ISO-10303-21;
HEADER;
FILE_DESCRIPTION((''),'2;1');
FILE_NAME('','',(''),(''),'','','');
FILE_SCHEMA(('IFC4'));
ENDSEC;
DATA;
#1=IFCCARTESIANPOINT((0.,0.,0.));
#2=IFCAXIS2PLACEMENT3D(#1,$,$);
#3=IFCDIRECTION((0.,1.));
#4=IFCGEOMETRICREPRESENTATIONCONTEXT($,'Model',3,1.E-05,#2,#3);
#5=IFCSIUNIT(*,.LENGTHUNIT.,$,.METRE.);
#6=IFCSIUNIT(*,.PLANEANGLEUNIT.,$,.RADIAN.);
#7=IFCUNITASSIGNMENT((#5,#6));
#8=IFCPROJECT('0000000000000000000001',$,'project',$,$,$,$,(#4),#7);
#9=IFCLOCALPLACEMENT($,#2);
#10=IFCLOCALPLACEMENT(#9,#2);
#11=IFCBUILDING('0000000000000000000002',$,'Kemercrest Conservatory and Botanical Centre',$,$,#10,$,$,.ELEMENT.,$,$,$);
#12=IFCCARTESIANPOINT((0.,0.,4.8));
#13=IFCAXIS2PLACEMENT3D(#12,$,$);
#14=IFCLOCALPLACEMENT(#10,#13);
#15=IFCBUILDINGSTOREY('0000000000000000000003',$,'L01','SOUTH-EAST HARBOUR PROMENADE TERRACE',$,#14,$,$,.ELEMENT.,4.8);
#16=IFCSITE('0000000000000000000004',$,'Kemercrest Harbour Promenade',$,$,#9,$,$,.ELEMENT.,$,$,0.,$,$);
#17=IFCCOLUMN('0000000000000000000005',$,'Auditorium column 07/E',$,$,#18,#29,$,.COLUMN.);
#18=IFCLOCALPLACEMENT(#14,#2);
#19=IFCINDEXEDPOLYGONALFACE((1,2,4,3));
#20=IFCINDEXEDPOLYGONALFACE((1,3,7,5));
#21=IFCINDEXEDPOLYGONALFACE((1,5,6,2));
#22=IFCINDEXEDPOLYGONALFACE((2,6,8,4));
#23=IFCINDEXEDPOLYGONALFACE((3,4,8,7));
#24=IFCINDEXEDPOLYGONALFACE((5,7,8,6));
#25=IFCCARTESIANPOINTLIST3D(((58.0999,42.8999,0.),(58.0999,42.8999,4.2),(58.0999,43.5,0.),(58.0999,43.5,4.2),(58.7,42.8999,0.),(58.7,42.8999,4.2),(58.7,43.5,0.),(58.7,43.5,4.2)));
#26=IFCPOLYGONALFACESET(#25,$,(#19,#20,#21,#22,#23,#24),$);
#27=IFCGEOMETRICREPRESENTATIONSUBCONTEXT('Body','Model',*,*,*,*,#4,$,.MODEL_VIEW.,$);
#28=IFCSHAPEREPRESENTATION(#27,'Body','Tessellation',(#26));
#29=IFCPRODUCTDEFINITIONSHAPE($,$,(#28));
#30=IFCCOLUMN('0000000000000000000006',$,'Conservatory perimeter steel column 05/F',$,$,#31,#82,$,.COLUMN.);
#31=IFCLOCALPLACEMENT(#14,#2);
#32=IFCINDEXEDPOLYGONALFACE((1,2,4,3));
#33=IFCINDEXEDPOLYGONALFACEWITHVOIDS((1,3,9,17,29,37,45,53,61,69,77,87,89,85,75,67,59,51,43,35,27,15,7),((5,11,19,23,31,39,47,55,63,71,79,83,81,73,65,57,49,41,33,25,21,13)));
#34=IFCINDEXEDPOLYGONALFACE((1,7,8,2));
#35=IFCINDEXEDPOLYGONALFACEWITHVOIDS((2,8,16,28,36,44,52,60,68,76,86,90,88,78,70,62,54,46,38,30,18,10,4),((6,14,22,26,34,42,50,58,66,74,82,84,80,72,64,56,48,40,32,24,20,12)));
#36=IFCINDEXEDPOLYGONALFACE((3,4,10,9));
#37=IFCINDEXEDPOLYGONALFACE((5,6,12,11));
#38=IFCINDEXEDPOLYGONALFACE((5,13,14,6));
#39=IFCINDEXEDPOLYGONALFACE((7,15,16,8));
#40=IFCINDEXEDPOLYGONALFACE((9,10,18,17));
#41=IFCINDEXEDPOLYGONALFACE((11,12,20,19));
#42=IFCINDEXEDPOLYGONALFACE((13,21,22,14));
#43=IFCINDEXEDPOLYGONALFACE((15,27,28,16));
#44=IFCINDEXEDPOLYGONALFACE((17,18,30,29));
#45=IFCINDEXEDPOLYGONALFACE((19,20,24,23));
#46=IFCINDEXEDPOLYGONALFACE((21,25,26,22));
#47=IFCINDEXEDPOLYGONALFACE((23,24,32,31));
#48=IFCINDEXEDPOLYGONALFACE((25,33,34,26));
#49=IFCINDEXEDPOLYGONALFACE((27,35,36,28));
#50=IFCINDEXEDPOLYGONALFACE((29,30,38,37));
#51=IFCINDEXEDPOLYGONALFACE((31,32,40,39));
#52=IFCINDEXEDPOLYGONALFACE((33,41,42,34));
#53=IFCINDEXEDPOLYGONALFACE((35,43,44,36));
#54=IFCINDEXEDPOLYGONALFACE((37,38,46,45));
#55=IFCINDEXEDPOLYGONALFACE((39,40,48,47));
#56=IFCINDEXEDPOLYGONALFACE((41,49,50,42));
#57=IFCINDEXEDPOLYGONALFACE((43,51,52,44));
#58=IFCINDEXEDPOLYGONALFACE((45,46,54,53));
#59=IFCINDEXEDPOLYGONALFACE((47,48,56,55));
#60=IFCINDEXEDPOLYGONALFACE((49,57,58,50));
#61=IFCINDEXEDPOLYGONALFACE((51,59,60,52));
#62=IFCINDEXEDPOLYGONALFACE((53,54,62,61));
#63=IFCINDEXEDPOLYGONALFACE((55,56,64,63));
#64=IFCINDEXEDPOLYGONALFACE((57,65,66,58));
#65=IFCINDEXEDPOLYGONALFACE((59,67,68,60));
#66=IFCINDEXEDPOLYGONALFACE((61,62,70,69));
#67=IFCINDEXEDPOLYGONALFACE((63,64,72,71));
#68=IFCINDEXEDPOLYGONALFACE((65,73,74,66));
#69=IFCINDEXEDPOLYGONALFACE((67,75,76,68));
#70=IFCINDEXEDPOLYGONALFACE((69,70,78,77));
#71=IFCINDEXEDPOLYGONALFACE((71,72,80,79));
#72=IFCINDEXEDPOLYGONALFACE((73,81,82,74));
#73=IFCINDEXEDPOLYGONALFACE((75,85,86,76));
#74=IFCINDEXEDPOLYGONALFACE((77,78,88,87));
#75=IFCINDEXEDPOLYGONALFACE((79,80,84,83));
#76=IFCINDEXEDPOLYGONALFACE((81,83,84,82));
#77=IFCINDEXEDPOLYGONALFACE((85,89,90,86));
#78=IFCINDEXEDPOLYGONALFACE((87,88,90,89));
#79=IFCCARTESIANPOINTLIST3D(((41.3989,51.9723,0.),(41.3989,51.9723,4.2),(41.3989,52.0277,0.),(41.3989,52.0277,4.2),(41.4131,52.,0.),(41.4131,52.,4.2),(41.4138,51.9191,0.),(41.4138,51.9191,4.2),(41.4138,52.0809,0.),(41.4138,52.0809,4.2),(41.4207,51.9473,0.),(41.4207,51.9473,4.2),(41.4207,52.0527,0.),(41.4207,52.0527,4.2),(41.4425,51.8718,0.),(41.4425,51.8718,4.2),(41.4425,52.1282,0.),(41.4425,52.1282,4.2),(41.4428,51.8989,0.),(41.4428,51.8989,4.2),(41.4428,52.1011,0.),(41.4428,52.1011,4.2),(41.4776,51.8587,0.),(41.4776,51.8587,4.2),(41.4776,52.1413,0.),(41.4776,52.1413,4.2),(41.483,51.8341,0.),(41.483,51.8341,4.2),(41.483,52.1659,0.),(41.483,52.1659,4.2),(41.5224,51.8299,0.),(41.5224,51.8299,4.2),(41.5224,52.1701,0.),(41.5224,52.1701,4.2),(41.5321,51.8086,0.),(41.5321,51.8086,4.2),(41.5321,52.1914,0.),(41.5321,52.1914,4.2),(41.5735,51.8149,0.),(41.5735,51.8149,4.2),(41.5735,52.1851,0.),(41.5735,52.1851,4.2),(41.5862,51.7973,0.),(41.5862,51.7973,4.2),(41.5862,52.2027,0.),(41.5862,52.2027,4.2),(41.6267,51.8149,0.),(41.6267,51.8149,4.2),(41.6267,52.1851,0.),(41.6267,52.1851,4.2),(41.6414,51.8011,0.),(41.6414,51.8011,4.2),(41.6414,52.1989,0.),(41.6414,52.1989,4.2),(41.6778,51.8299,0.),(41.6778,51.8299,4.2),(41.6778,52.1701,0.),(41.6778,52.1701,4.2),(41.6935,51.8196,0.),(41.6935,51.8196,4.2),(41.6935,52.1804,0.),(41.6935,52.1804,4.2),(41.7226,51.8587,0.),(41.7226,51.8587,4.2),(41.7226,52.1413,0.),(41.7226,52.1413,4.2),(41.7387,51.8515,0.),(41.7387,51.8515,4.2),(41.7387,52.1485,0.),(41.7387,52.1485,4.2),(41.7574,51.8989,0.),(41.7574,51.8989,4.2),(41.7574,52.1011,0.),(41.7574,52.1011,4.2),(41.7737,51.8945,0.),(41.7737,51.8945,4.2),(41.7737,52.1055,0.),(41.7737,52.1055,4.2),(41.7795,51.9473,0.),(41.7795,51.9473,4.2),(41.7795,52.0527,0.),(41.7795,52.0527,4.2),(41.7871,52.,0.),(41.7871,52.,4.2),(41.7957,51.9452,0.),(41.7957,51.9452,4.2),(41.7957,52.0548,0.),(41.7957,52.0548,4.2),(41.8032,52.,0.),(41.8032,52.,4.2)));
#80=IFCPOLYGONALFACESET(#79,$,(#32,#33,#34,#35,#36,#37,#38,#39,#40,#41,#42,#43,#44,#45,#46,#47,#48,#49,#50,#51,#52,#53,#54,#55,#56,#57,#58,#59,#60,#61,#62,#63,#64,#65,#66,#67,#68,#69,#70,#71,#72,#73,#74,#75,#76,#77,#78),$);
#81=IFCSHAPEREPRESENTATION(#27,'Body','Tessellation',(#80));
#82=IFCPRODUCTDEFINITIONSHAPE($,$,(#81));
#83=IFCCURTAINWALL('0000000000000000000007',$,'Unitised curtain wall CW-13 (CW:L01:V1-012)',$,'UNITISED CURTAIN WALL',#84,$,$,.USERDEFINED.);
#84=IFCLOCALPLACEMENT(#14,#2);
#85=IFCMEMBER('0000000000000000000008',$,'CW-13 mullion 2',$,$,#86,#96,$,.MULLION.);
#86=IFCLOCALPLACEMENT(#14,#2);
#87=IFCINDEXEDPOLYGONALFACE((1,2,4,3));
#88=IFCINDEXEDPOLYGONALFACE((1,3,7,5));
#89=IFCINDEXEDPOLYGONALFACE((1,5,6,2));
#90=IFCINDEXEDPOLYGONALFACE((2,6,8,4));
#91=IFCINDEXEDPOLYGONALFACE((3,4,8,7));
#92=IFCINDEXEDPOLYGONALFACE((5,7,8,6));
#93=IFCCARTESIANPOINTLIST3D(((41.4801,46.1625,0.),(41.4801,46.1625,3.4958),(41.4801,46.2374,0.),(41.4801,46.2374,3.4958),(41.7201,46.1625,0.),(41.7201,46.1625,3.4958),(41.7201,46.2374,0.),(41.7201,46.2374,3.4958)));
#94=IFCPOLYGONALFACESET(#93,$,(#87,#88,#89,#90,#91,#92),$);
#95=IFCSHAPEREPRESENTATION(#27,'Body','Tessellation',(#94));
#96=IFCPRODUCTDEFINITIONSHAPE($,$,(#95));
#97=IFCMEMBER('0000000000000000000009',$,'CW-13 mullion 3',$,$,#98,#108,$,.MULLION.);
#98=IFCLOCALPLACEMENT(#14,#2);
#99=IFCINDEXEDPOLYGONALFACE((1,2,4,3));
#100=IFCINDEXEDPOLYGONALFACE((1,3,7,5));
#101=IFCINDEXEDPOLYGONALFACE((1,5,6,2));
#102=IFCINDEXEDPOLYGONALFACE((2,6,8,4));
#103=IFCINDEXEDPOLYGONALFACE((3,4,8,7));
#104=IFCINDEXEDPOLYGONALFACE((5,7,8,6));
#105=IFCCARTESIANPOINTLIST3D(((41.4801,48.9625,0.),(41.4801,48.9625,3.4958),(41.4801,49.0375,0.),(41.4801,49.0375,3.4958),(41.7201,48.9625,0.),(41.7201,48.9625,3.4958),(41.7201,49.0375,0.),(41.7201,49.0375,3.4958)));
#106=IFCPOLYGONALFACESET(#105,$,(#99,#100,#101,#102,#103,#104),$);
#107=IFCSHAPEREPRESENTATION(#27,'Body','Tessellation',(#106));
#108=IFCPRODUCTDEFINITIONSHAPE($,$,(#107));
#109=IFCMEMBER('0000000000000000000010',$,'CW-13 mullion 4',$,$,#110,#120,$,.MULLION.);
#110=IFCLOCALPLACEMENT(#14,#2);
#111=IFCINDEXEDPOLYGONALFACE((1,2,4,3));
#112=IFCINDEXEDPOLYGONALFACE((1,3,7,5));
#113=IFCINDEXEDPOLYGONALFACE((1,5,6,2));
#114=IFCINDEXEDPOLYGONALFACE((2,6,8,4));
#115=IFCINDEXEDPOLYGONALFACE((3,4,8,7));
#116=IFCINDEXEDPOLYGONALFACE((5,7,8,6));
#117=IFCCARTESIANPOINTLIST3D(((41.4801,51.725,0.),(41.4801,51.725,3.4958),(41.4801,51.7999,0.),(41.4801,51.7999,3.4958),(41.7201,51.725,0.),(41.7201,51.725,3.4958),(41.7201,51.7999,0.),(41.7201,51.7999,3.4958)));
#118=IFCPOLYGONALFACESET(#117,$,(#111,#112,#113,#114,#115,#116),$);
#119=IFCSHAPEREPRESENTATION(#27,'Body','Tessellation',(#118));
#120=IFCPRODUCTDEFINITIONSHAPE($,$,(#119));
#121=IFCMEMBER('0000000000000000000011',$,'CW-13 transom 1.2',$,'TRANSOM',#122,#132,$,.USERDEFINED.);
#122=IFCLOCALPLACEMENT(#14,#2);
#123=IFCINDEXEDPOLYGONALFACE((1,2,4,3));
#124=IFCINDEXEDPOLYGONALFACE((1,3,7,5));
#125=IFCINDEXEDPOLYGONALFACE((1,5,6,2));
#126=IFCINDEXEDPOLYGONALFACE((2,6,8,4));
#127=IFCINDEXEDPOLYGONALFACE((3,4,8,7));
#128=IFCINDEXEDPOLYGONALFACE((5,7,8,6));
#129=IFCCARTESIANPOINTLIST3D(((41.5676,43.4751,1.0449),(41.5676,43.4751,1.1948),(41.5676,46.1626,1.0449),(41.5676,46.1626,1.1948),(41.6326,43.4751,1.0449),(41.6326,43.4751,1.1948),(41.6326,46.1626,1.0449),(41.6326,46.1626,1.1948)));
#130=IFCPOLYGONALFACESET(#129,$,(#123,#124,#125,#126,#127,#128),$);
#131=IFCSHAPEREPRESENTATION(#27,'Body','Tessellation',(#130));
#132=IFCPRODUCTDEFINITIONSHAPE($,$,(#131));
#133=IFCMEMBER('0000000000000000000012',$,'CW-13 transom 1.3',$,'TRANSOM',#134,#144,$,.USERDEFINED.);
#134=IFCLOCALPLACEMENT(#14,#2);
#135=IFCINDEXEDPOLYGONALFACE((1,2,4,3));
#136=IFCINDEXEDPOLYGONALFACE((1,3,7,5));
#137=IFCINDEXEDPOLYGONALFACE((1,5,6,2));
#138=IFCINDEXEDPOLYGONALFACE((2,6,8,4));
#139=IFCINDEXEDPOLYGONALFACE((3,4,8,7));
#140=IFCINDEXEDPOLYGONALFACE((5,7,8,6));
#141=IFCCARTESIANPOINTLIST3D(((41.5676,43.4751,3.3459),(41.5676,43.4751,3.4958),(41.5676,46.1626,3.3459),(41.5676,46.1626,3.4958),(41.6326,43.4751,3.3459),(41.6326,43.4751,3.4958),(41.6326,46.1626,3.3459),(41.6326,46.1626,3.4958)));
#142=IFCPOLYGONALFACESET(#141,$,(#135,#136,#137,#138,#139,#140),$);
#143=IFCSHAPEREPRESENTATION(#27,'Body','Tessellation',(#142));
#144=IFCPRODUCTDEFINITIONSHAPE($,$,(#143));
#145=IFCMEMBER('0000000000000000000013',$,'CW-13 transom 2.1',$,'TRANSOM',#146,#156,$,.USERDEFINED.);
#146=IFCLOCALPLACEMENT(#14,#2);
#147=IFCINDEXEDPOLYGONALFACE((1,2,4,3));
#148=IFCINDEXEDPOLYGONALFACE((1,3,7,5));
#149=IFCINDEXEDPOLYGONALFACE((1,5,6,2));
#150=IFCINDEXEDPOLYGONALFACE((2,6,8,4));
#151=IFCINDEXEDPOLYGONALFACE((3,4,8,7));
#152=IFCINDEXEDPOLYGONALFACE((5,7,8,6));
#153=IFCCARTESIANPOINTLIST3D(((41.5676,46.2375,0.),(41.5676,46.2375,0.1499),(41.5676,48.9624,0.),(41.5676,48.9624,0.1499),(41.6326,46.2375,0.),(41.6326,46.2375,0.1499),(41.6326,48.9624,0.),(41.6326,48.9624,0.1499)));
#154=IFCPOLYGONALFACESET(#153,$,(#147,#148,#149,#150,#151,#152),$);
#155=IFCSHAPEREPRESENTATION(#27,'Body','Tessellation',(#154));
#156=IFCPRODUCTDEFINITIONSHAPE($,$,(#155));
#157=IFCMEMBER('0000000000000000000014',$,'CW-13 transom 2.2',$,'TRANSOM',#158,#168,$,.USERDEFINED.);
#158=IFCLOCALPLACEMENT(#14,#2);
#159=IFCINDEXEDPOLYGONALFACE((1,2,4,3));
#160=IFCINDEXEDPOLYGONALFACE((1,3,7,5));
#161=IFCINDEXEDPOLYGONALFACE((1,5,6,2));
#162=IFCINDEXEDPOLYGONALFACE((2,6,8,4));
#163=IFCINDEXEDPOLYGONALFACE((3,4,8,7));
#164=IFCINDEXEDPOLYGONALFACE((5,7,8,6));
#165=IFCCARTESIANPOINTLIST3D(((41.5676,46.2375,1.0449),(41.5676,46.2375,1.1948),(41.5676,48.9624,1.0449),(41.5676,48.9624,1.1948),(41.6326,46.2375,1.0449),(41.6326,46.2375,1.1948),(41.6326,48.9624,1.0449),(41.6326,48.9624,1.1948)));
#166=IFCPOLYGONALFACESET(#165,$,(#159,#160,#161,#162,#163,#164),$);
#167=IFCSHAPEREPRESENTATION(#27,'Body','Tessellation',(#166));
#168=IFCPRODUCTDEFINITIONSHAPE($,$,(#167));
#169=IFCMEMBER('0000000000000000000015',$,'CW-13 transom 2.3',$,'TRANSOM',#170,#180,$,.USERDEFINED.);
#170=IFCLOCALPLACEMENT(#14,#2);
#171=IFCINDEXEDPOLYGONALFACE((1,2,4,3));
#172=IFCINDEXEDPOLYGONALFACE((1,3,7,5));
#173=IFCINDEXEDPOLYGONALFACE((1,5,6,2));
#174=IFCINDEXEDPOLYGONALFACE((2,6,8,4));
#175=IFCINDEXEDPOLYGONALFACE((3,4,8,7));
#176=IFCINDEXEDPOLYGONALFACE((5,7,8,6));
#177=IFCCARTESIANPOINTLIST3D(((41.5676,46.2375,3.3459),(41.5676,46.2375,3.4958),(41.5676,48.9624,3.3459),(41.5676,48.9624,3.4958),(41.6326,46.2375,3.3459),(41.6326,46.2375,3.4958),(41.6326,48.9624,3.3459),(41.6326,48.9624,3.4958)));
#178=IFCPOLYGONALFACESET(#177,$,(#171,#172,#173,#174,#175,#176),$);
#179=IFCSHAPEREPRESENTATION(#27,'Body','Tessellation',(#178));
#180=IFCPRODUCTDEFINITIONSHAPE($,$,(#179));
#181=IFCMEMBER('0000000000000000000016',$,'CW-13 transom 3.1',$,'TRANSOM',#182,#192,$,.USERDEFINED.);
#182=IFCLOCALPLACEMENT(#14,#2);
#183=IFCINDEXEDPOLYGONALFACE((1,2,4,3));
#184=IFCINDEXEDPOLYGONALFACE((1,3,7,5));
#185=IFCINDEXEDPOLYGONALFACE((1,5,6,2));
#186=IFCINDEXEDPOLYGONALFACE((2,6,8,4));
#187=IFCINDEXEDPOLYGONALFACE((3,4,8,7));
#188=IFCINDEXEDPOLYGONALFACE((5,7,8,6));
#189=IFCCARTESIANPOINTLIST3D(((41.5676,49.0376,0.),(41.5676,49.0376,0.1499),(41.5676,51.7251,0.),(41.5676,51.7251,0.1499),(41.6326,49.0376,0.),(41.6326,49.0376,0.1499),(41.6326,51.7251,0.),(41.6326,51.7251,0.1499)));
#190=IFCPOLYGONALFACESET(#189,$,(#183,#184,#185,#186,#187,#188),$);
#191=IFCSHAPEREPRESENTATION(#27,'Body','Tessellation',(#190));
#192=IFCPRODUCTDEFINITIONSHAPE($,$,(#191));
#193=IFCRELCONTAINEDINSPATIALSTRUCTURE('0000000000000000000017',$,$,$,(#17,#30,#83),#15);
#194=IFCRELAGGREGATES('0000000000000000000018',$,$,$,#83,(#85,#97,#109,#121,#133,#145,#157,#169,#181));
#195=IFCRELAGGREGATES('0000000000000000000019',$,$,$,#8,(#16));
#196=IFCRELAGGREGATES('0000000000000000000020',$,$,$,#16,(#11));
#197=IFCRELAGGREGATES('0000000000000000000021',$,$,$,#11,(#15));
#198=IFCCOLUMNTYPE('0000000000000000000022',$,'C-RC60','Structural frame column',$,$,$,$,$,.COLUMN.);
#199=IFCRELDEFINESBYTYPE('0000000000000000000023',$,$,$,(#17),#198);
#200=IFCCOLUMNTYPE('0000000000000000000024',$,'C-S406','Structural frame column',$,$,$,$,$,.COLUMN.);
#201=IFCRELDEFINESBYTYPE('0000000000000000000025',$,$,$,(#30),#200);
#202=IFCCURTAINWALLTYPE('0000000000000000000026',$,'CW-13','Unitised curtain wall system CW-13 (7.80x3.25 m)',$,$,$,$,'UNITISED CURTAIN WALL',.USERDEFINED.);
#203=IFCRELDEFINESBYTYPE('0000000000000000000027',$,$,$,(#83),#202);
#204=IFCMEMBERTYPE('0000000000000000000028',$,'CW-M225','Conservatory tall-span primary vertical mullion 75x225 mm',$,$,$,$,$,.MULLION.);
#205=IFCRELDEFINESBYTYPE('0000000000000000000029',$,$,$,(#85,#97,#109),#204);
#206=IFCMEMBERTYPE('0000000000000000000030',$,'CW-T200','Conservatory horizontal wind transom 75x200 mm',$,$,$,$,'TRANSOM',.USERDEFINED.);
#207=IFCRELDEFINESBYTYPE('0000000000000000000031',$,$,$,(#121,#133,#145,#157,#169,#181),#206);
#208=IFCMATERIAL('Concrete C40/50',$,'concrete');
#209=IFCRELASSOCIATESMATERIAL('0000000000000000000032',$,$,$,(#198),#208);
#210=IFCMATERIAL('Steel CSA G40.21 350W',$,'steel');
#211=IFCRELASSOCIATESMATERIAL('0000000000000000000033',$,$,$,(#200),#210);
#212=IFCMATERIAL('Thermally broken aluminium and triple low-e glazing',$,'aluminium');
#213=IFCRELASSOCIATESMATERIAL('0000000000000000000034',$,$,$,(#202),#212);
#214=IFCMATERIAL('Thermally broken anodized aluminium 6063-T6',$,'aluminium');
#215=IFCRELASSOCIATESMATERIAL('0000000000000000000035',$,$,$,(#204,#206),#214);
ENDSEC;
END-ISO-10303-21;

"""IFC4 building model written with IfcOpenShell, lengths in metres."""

from ifc_helpers import new_model, si_unit, direction, frame, origin, origin_2d, place, context, subcontext, project, spatial, rectangle, hollow_circle, extrude, material, material_profile, profile_set, type_object, element, aggregate, save


model = new_model("IFC4")

# Units and contexts
model_context = context("Model", 3, precision=1e-05, world=origin(), true_north=direction((0.0, 1.0)))
body_context = subcontext(model_context, "Body", "Model", "MODEL_VIEW")
ifc_project = project(units=[si_unit("LENGTHUNIT", "METRE"), si_unit("PLANEANGLEUNIT", "RADIAN")], contexts=[model_context])

# Site, building, storey
site_placement = place(None, origin())
site = spatial("IfcSite", under=ifc_project, at=site_placement, Name="Kemercrest Harbour Promenade", CompositionType="ELEMENT", RefElevation=0.0)
building_placement = place(site_placement, origin())
building = spatial("IfcBuilding", under=site, at=building_placement, Name="Kemercrest Conservatory and Botanical Centre", CompositionType="ELEMENT")
storey_placement = place(building_placement, frame((0.0, 0.0, 4.8)))
storey = spatial("IfcBuildingStorey", under=building, at=storey_placement, Name="L01", Description="SOUTH-EAST HARBOUR PROMENADE TERRACE", CompositionType="ELEMENT", Elevation=4.8)

# Columns
ifc_material_1 = material(Name="Concrete C40/50", Category="concrete")
ifc_material_profile_1 = material_profile(ifc_material_1, rectangle(XDim=0.6001, YDim=0.6001, at=origin_2d()), Name="RC 600x600")
ifc_profile_set_1 = profile_set([ifc_material_profile_1], Name="Concrete C40/50")
column_type_1 = type_object("IfcColumnType", Name="C-RC60", Description="Structural frame column", PredefinedType="COLUMN", material=ifc_profile_set_1)
column_1_placement = place(storey_placement, frame((58.3999, 43.2, 0.0), z_axis=(0.0, 0.0, 1.0), x_axis=(1.0, 0.0, 0.0)))
element("IfcColumn", 1, at=column_1_placement, inside=storey, type_object=column_type_1, Name="Auditorium column 07/E", PredefinedType="COLUMN", context=body_context, shape_type="SweptSolid", body=[
    extrude(rectangle(XDim=0.6001, YDim=0.6001, at=origin_2d()), origin(), (0.0, 0.0, 1.0), 4.2),
])
ifc_material_2 = material(Name="Steel CSA G40.21 350W", Category="steel")
ifc_material_profile_2 = material_profile(ifc_material_2, hollow_circle(Radius=0.2031, WallThickness=0.0161, at=origin_2d()), Name="CHS 406.4x16.0")
ifc_profile_set_2 = profile_set([ifc_material_profile_2], Name="Steel CSA G40.21 350W")
column_type_2 = type_object("IfcColumnType", Name="C-S406", Description="Structural frame column", PredefinedType="COLUMN", material=ifc_profile_set_2)
column_2_placement = place(storey_placement, frame((41.6001, 52.0, 0.0), z_axis=(0.0, 0.0, 1.0), x_axis=(1.0, 0.0, 0.0)))
element("IfcColumn", 2, at=column_2_placement, inside=storey, type_object=column_type_2, Name="Conservatory perimeter steel column 05/F", PredefinedType="COLUMN", context=body_context, shape_type="SweptSolid", body=[
    extrude(hollow_circle(Radius=0.2031, WallThickness=0.0161, at=origin_2d()), origin(), (0.0, 0.0, 1.0), 4.2),
])

# Curtain wall, members
ifc_material_3 = material(Name="Thermally broken aluminium and triple low-e glazing", Category="aluminium")
curtain_wall_type = type_object("IfcCurtainWallType", Name="CW-13", Description="Unitised curtain wall system CW-13 (7.80x3.25 m)", ElementType="UNITISED CURTAIN WALL", PredefinedType="USERDEFINED", material=ifc_material_3)
curtain_wall_placement = place(storey_placement, origin())
curtain_wall = element("IfcCurtainWall", 3, at=curtain_wall_placement, inside=storey, type_object=curtain_wall_type, Name="Unitised curtain wall CW-13 (CW:L01:V1-012)", ObjectType="UNITISED CURTAIN WALL", PredefinedType="USERDEFINED")
ifc_material_4 = material(Name="Thermally broken anodized aluminium 6063-T6", Category="aluminium")
ifc_material_profile_3 = material_profile(ifc_material_4, rectangle(XDim=0.24, YDim=0.075, at=origin_2d()), Name="AL MULLION 75x240")
ifc_profile_set_3 = profile_set([ifc_material_profile_3], Name="Thermally broken anodized aluminium 6063-T6")
member_type_1 = type_object("IfcMemberType", Name="CW-M225", Description="Conservatory tall-span primary vertical mullion 75x225 mm", PredefinedType="MULLION", material=ifc_profile_set_3)
member_1_placement = place(storey_placement, frame((41.6001, 46.2, 0.0), z_axis=(0.0, 0.0, 1.0), x_axis=(-1.0, 0.0, 0.0)))
member_1 = element("IfcMember", 4, at=member_1_placement, type_object=member_type_1, Name="CW-13 mullion 2", PredefinedType="MULLION", context=body_context, shape_type="SweptSolid", body=[
    extrude(rectangle(XDim=0.24, YDim=0.075, at=origin_2d()), origin(), (0.0, 0.0, 1.0), 3.4958),
])
member_2_placement = place(storey_placement, frame((41.6001, 49.0, 0.0), z_axis=(0.0, 0.0, 1.0), x_axis=(-1.0, 0.0, 0.0)))
member_2 = element("IfcMember", 5, at=member_2_placement, type_object=member_type_1, Name="CW-13 mullion 3", PredefinedType="MULLION", context=body_context, shape_type="SweptSolid", body=[
    extrude(rectangle(XDim=0.24, YDim=0.075, at=origin_2d()), origin(), (0.0, 0.0, 1.0), 3.4958),
])
member_3_placement = place(storey_placement, frame((41.6001, 51.7625, 0.0), z_axis=(0.0, 0.0, 1.0), x_axis=(-1.0, 0.0, 0.0)))
member_3 = element("IfcMember", 6, at=member_3_placement, type_object=member_type_1, Name="CW-13 mullion 4", PredefinedType="MULLION", context=body_context, shape_type="SweptSolid", body=[
    extrude(rectangle(XDim=0.24, YDim=0.075, at=origin_2d()), origin(), (0.0, 0.0, 1.0), 3.4958),
])
ifc_material_profile_4 = material_profile(ifc_material_4, rectangle(XDim=0.0649, YDim=0.1499, at=origin_2d()), Name="AL TRANSOM 65x150")
ifc_profile_set_4 = profile_set([ifc_material_profile_4], Name="Thermally broken anodized aluminium 6063-T6")
member_type_2 = type_object("IfcMemberType", Name="CW-T200", Description="Conservatory horizontal wind transom 75x200 mm", ElementType="TRANSOM", PredefinedType="USERDEFINED", material=ifc_profile_set_4)
member_4_placement = place(storey_placement, frame((41.6001, 43.4751, 1.1199), z_axis=(0.0, 1.0, 0.0), x_axis=(-1.0, 0.0, 0.0)))
member_4 = element("IfcMember", 7, at=member_4_placement, type_object=member_type_2, Name="CW-13 transom 1.2", ObjectType="TRANSOM", PredefinedType="USERDEFINED", context=body_context, shape_type="SweptSolid", body=[
    extrude(rectangle(XDim=0.0649, YDim=0.1499, at=origin_2d()), origin(), (0.0, 0.0, 1.0), 2.6875),
])
member_5_placement = place(storey_placement, frame((41.6001, 43.4751, 3.4209), z_axis=(0.0, 1.0, 0.0), x_axis=(-1.0, 0.0, 0.0)))
member_5 = element("IfcMember", 8, at=member_5_placement, type_object=member_type_2, Name="CW-13 transom 1.3", ObjectType="TRANSOM", PredefinedType="USERDEFINED", context=body_context, shape_type="SweptSolid", body=[
    extrude(rectangle(XDim=0.0649, YDim=0.1499, at=origin_2d()), origin(), (0.0, 0.0, 1.0), 2.6875),
])
member_6_placement = place(storey_placement, frame((41.6001, 46.2375, 0.075), z_axis=(0.0, 1.0, 0.0), x_axis=(-1.0, 0.0, 0.0)))
member_6 = element("IfcMember", 9, at=member_6_placement, type_object=member_type_2, Name="CW-13 transom 2.1", ObjectType="TRANSOM", PredefinedType="USERDEFINED", context=body_context, shape_type="SweptSolid", body=[
    extrude(rectangle(XDim=0.0649, YDim=0.1499, at=origin_2d()), origin(), (0.0, 0.0, 1.0), 2.7249),
])
member_7_placement = place(storey_placement, frame((41.6001, 46.2375, 1.1199), z_axis=(0.0, 1.0, 0.0), x_axis=(-1.0, 0.0, 0.0)))
member_7 = element("IfcMember", 10, at=member_7_placement, type_object=member_type_2, Name="CW-13 transom 2.2", ObjectType="TRANSOM", PredefinedType="USERDEFINED", context=body_context, shape_type="SweptSolid", body=[
    extrude(rectangle(XDim=0.0649, YDim=0.1499, at=origin_2d()), origin(), (0.0, 0.0, 1.0), 2.7249),
])
member_8_placement = place(storey_placement, frame((41.6001, 46.2375, 3.4209), z_axis=(0.0, 1.0, 0.0), x_axis=(-1.0, 0.0, 0.0)))
member_8 = element("IfcMember", 11, at=member_8_placement, type_object=member_type_2, Name="CW-13 transom 2.3", ObjectType="TRANSOM", PredefinedType="USERDEFINED", context=body_context, shape_type="SweptSolid", body=[
    extrude(rectangle(XDim=0.0649, YDim=0.1499, at=origin_2d()), origin(), (0.0, 0.0, 1.0), 2.7249),
])
member_9_placement = place(storey_placement, frame((41.6001, 49.0376, 0.075), z_axis=(0.0, 1.0, 0.0), x_axis=(-1.0, 0.0, 0.0)))
member_9 = element("IfcMember", 12, at=member_9_placement, type_object=member_type_2, Name="CW-13 transom 3.1", ObjectType="TRANSOM", PredefinedType="USERDEFINED", context=body_context, shape_type="SweptSolid", body=[
    extrude(rectangle(XDim=0.0649, YDim=0.1499, at=origin_2d()), origin(), (0.0, 0.0, 1.0), 2.6875),
])

aggregate(curtain_wall, [member_1, member_2, member_3, member_4, member_5, member_6, member_7, member_8, member_9])

save(model, "model.ifc")
